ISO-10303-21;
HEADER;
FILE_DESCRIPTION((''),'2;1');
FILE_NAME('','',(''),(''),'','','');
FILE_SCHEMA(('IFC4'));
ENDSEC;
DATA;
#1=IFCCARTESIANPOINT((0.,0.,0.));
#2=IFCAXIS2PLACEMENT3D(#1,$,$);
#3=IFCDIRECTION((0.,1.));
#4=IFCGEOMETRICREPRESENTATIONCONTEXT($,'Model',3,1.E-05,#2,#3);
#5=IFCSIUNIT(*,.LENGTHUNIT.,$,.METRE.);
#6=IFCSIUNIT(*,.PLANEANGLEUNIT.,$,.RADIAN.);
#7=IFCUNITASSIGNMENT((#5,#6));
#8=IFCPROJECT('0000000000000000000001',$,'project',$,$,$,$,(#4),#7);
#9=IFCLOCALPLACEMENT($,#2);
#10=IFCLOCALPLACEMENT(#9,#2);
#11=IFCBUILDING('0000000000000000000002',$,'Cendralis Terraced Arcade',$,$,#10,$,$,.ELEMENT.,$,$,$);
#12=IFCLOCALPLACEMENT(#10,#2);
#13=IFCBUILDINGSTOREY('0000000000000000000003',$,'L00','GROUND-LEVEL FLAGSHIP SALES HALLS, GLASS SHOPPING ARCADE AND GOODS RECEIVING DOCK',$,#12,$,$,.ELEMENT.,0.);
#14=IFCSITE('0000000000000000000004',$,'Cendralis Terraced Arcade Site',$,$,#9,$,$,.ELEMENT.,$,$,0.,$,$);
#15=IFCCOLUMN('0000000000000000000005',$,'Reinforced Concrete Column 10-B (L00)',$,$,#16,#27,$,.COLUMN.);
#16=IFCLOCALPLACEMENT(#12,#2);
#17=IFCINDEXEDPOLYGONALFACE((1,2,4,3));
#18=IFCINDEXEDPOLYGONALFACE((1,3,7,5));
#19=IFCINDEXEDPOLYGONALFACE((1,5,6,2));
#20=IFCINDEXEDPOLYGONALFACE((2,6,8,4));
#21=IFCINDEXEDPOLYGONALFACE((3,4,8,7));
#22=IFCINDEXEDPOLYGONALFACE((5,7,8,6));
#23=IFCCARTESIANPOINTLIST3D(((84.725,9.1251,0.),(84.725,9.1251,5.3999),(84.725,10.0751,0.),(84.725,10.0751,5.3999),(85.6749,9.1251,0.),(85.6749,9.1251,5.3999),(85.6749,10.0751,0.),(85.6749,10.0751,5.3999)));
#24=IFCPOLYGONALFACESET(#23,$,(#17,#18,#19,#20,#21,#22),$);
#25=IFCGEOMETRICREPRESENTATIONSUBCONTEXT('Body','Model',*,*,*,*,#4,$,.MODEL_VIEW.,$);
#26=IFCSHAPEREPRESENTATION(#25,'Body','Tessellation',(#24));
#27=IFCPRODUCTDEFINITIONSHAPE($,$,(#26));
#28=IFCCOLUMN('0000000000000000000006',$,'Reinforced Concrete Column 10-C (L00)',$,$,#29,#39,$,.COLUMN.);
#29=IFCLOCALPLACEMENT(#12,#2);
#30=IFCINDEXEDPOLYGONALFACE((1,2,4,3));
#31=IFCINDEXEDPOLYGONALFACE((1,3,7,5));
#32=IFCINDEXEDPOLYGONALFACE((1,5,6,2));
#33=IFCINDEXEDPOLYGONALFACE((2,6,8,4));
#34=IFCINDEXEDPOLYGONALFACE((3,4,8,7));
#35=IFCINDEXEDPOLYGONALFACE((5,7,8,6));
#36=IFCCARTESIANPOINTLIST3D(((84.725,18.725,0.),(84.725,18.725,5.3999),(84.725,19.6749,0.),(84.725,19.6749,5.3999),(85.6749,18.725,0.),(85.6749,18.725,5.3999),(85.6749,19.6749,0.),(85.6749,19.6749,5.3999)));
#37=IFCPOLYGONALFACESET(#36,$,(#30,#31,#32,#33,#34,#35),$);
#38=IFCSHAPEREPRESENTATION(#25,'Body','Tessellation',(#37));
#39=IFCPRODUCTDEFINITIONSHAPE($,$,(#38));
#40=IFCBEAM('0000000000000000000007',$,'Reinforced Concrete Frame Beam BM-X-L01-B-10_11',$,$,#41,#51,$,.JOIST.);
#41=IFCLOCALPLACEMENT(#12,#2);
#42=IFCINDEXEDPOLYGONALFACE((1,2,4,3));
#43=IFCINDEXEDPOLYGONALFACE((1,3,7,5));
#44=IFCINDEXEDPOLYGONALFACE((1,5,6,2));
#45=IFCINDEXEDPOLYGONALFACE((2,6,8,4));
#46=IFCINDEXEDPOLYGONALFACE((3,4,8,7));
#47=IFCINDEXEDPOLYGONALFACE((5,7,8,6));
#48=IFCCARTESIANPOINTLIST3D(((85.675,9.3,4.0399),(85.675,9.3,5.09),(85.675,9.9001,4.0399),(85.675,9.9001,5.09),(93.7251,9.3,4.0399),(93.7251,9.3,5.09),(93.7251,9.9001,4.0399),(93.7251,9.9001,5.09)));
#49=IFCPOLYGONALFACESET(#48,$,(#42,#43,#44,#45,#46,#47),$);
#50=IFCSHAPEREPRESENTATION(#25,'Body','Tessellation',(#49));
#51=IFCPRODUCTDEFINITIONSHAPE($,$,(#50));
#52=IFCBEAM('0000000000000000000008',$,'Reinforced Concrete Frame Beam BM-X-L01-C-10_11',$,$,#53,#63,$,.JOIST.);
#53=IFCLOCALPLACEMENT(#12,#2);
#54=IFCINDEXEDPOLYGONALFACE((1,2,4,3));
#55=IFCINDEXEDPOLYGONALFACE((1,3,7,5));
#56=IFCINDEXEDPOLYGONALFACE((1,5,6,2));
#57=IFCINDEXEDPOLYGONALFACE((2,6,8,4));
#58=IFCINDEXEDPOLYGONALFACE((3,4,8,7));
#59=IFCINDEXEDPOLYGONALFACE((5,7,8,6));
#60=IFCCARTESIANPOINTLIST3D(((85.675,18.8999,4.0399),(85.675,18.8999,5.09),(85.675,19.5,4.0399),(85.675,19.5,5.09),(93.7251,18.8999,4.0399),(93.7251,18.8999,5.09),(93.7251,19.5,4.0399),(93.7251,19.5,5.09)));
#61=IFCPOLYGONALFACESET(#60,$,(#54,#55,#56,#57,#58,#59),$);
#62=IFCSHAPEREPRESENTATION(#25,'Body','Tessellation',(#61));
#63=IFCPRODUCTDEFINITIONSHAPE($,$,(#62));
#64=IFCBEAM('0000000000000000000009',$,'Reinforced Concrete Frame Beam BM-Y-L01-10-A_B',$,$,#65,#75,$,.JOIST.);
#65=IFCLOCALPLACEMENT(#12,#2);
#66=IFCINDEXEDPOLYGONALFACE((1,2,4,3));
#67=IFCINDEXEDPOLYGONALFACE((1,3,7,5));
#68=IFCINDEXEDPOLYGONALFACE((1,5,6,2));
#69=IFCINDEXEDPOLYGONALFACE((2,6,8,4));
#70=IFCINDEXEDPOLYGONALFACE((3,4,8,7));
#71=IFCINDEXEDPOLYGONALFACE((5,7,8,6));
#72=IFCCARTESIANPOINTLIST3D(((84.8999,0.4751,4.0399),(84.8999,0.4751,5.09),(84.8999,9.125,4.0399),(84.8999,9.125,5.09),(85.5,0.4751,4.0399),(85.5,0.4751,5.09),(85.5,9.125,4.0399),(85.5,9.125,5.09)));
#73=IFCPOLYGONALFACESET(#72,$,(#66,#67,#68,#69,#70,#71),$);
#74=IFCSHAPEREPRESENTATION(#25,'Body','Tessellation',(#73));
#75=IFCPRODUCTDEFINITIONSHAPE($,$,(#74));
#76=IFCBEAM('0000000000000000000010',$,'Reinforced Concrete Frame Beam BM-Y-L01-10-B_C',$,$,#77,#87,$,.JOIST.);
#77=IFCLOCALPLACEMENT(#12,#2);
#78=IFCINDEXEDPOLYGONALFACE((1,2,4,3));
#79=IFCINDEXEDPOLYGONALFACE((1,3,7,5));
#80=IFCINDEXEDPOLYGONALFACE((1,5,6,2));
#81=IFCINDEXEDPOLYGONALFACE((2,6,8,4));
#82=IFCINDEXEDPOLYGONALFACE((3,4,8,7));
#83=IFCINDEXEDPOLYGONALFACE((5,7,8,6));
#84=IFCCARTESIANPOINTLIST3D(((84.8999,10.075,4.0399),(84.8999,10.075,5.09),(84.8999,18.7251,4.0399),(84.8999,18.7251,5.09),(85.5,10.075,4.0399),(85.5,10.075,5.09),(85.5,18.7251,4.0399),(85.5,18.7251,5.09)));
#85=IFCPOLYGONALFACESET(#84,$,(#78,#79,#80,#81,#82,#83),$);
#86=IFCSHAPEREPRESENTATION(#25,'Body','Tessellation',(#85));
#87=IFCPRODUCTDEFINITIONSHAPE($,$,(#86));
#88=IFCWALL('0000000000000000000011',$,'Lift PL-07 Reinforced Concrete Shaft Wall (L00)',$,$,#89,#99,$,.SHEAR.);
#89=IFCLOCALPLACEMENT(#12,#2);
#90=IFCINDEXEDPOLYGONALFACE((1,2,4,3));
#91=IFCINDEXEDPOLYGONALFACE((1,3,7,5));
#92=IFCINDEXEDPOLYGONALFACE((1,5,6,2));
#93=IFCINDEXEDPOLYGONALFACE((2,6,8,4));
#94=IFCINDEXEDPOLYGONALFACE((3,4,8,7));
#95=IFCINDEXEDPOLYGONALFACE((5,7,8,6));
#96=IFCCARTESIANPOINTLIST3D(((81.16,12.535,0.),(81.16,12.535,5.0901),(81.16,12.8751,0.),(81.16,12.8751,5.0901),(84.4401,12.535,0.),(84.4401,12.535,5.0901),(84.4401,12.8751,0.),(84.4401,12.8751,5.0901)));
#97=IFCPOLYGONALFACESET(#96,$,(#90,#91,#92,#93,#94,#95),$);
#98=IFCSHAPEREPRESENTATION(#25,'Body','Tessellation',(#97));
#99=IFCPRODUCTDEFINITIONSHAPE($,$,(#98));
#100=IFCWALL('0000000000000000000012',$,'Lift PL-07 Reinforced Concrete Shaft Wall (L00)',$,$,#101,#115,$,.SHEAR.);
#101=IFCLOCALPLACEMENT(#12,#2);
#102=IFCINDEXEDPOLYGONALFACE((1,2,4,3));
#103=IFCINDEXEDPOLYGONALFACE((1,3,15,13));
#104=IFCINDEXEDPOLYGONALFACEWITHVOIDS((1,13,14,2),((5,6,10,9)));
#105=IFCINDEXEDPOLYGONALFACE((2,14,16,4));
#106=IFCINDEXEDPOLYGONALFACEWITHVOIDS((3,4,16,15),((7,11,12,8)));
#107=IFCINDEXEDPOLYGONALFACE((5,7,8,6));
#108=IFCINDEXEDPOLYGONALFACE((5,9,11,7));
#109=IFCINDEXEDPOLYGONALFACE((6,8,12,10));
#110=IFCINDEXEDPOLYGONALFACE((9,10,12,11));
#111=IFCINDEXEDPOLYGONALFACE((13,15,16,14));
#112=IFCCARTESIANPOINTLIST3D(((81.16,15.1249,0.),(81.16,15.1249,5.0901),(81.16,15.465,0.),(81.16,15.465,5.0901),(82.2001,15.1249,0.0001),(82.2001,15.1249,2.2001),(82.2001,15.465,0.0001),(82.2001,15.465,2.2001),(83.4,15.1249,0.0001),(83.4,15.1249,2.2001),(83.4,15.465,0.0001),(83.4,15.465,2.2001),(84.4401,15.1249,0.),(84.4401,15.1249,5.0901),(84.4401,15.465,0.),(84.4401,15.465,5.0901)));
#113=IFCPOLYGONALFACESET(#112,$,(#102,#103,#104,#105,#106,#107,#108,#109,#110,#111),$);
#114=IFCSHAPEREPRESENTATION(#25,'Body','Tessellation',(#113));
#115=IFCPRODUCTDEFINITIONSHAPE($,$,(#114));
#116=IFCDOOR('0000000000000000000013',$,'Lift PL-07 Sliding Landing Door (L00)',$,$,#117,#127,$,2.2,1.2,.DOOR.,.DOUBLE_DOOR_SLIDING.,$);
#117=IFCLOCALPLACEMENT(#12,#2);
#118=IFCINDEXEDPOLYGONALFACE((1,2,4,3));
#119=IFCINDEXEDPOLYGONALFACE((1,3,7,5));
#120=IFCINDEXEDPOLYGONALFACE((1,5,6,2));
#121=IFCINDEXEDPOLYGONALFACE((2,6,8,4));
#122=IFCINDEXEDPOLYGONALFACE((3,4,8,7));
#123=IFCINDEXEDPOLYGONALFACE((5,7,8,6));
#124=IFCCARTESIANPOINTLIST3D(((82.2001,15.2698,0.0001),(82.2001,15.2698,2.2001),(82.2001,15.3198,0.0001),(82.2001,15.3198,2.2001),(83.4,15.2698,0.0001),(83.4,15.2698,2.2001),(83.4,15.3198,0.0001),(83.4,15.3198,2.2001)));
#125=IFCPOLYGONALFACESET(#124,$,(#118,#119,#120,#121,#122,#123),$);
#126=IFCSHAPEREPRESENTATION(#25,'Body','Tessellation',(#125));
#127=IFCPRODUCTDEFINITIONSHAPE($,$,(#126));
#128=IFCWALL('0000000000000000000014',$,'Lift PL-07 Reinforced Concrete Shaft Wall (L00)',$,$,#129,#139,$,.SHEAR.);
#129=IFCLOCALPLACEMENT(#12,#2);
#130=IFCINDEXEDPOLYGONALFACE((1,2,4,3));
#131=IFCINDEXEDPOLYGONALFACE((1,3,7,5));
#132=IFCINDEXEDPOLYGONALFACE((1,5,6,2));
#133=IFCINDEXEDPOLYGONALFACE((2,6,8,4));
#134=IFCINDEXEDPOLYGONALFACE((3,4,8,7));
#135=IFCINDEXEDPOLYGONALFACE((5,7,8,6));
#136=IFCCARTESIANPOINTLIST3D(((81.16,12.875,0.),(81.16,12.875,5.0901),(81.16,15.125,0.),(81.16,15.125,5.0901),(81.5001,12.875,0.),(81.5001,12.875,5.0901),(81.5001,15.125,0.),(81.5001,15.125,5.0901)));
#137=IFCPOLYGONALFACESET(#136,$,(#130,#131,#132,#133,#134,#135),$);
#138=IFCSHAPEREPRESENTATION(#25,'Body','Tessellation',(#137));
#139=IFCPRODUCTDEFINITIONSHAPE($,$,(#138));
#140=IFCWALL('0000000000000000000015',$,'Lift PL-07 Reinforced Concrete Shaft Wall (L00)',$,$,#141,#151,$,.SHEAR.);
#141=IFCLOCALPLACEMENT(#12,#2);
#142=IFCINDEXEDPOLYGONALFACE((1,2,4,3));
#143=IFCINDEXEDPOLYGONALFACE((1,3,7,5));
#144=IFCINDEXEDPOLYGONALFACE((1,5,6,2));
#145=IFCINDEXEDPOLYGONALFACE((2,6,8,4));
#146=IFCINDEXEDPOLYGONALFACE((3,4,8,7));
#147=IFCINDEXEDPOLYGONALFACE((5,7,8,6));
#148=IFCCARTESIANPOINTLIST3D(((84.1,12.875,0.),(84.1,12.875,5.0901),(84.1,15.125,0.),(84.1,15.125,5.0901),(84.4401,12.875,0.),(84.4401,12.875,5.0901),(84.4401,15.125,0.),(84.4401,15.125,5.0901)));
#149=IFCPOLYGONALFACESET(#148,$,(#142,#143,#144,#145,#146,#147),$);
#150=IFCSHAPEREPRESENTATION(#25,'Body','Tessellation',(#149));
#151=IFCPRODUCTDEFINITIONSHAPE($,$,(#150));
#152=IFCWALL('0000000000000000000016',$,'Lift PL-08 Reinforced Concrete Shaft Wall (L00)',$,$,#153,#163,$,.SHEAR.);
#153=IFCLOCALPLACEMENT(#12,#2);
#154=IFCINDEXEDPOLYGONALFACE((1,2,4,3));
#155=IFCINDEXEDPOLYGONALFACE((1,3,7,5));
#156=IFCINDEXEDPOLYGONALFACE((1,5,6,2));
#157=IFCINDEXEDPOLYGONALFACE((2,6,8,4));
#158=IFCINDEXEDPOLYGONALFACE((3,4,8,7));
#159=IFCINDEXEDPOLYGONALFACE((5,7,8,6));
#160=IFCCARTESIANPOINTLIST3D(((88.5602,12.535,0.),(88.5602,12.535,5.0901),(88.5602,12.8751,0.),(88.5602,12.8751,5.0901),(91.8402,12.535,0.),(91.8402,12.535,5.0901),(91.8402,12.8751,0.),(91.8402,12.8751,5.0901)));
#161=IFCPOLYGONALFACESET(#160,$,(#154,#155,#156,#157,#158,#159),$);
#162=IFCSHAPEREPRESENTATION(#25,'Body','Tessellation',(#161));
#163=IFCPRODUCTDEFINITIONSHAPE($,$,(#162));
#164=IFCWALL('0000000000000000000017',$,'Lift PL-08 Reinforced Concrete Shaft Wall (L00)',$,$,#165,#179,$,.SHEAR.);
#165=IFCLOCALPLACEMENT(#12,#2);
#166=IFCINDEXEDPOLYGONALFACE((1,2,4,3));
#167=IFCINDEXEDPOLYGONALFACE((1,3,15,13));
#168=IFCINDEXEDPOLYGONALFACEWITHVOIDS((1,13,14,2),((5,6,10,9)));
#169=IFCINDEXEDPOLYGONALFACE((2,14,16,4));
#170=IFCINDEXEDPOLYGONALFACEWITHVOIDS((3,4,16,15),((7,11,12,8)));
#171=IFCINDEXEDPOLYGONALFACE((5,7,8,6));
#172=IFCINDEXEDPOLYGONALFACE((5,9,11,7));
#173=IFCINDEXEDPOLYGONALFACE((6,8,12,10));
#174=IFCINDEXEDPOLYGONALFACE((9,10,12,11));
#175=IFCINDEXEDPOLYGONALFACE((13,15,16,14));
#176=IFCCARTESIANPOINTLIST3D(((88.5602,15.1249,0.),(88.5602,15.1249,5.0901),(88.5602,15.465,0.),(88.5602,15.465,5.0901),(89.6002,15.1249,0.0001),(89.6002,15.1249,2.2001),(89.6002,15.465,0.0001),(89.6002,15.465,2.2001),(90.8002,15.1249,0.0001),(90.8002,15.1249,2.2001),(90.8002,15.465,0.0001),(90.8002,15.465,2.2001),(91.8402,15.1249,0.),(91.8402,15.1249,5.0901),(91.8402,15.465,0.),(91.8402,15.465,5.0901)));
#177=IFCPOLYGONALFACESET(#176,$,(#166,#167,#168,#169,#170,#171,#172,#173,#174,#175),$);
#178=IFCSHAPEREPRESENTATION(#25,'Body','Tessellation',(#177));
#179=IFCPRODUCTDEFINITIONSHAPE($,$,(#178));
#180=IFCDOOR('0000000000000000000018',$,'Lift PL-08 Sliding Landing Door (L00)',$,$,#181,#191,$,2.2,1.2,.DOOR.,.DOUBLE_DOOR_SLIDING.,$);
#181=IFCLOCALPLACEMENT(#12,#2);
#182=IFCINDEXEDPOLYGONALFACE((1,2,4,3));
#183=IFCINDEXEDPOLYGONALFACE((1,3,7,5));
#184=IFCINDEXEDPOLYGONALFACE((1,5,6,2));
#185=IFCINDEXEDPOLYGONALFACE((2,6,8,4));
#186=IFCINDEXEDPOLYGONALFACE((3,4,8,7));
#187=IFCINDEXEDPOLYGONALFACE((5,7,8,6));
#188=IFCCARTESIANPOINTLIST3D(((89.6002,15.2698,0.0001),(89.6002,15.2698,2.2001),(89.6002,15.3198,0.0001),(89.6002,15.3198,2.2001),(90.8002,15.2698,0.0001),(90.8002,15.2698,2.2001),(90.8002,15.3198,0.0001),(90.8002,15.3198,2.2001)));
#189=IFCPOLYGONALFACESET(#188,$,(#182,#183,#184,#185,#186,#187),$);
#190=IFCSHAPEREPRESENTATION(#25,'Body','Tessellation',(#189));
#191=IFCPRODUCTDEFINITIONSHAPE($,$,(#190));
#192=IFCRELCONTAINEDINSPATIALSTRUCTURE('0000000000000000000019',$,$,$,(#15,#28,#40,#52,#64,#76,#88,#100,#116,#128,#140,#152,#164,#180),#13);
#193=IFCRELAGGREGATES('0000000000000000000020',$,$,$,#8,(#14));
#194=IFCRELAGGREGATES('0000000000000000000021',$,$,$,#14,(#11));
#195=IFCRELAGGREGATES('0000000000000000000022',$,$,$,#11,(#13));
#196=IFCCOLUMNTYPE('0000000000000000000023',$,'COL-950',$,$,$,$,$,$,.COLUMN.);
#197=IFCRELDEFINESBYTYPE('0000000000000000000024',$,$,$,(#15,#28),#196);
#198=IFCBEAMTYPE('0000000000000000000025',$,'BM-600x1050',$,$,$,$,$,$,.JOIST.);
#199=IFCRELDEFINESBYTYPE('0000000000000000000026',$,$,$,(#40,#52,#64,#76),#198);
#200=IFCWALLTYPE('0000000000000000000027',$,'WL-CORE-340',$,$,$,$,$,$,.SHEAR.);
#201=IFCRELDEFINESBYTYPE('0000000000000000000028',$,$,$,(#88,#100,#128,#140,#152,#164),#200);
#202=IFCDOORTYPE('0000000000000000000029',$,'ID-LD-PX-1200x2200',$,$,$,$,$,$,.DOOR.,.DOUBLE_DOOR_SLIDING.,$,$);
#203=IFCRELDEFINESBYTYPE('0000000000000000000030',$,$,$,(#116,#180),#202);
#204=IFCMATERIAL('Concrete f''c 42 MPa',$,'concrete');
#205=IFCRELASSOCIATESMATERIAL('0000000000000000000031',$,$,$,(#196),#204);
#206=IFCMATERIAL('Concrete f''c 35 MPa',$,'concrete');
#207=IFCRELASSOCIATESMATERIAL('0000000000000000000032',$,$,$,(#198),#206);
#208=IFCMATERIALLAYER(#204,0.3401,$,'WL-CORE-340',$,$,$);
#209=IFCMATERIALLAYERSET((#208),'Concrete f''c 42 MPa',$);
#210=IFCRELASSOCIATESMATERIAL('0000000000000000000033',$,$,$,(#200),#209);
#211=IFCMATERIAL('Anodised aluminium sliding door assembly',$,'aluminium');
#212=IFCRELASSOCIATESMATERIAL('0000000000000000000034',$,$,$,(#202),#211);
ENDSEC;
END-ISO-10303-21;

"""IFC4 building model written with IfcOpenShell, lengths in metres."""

from ifc_helpers import new_model, si_unit, direction, frame, frame_2d, origin, origin_2d, place, context, subcontext, project, spatial, rectangle, extrude, material, layer, layer_set, material_profile, profile_set, type_object, element, fill, save


model = new_model("IFC4")

# Units and contexts
model_context = context("Model", 3, precision=1e-05, world=origin(), true_north=direction((0.0, 1.0)))
body_context = subcontext(model_context, "Body", "Model", "MODEL_VIEW")
ifc_project = project(units=[si_unit("LENGTHUNIT", "METRE"), si_unit("PLANEANGLEUNIT", "RADIAN")], contexts=[model_context])

# Site, building, storey
site_placement = place(None, origin())
site = spatial("IfcSite", under=ifc_project, at=site_placement, Name="Cendralis Terraced Arcade Site", CompositionType="ELEMENT", RefElevation=0.0)
building_placement = place(site_placement, origin())
building = spatial("IfcBuilding", under=site, at=building_placement, Name="Cendralis Terraced Arcade", CompositionType="ELEMENT")
storey_placement = place(building_placement, origin())
storey = spatial("IfcBuildingStorey", under=building, at=storey_placement, Name="L00", Description="GROUND-LEVEL FLAGSHIP SALES HALLS, GLASS SHOPPING ARCADE AND GOODS RECEIVING DOCK", CompositionType="ELEMENT", Elevation=0.0)

# Shared definitions
ifc_material_1 = material(Name="Concrete f'c 35 MPa", Category="concrete")

# Columns
ifc_material_2 = material(Name="Concrete f'c 42 MPa", Category="concrete")
ifc_material_profile_1 = material_profile(ifc_material_2, rectangle(XDim=0.95, YDim=0.95, at=origin_2d()), Name="RC-COL-950x950", Category="LoadBearing")
ifc_profile_set_1 = profile_set([ifc_material_profile_1], Name="Concrete f'c 42 MPa")
column_type = type_object("IfcColumnType", Name="COL-950", PredefinedType="COLUMN", material=ifc_profile_set_1)
for number, where, z_axis, x_axis, name in (
    (1, (85.2, 9.6001, 0.0), (0.0, 0.0, 1.0), (1.0, 0.0, 0.0), "Reinforced Concrete Column 10-B (L00)"),
    (2, (85.2, 19.2, 0.0), (0.0, 0.0, 1.0), (1.0, 0.0, 0.0), "Reinforced Concrete Column 10-C (L00)"),
):
    element("IfcColumn", number, at=place(storey_placement, frame(where, z_axis=z_axis, x_axis=x_axis)), inside=storey, type_object=column_type, Name=name, PredefinedType="COLUMN", context=body_context, shape_type="SweptSolid", body=[
        extrude(rectangle(XDim=0.95, YDim=0.95, at=origin_2d()), origin(), (0.0, 0.0, 1.0), 5.3999),
    ])

# Beams
ifc_material_profile_2 = material_profile(ifc_material_1, rectangle(XDim=0.6001, YDim=1.05, at=origin_2d()), Name="RC-BM-600x1050", Category="LoadBearing")
ifc_profile_set_2 = profile_set([ifc_material_profile_2], Name="Concrete f'c 35 MPa")
beam_type = type_object("IfcBeamType", Name="BM-600x1050", PredefinedType="JOIST", material=ifc_profile_set_2)
for number, where, z_axis, x_axis, name in (
    (3, (85.675, 9.6001, 4.5649), (1.0, 0.0, 0.0), (0.0, 1.0, 0.0), "Reinforced Concrete Frame Beam BM-X-L01-B-10_11"),
    (4, (85.675, 19.2, 4.5649), (1.0, 0.0, 0.0), (0.0, 1.0, 0.0), "Reinforced Concrete Frame Beam BM-X-L01-C-10_11"),
):
    element("IfcBeam", number, at=place(storey_placement, frame(where, z_axis=z_axis, x_axis=x_axis)), inside=storey, type_object=beam_type, Name=name, PredefinedType="JOIST", context=body_context, shape_type="SweptSolid", body=[
        extrude(rectangle(XDim=0.6001, YDim=1.05, at=origin_2d()), origin(), (0.0, 0.0, 1.0), 8.05),
    ])
beam_1_placement = place(storey_placement, frame((85.2, 0.4751, 4.5649), z_axis=(0.0, 1.0, 0.0), x_axis=(-1.0, 0.0, 0.0)))
element("IfcBeam", 5, at=beam_1_placement, inside=storey, type_object=beam_type, Name="Reinforced Concrete Frame Beam BM-Y-L01-10-A_B", PredefinedType="JOIST", context=body_context, shape_type="SweptSolid", body=[
    extrude(rectangle(XDim=0.6001, YDim=1.05, at=origin_2d()), origin(), (0.0, 0.0, 1.0), 8.6499),
])
beam_2_placement = place(storey_placement, frame((85.2, 10.075, 4.5649), z_axis=(0.0, 1.0, 0.0), x_axis=(-1.0, 0.0, 0.0)))
element("IfcBeam", 6, at=beam_2_placement, inside=storey, type_object=beam_type, Name="Reinforced Concrete Frame Beam BM-Y-L01-10-B_C", PredefinedType="JOIST", context=body_context, shape_type="SweptSolid", body=[
    extrude(rectangle(XDim=0.6001, YDim=1.05, at=origin_2d()), origin(), (0.0, 0.0, 1.0), 8.6501),
])

# Wall
ifc_layer_1 = layer(ifc_material_2, 0.3401, Name="WL-CORE-340")
ifc_layer_set_1 = layer_set([ifc_layer_1], Name="Concrete f'c 42 MPa")
wall_type_1 = type_object("IfcWallType", Name="WL-CORE-340", PredefinedType="SHEAR", material=ifc_layer_set_1)
wall_1_placement = place(storey_placement, frame((81.1599, 12.7051, 0.0), z_axis=(0.0, 0.0, 1.0), x_axis=(1.0, 0.0, 0.0)))
element("IfcWall", 7, at=wall_1_placement, inside=storey, type_object=wall_type_1, Name="Lift PL-07 Reinforced Concrete Shaft Wall (L00)", PredefinedType="SHEAR", context=body_context, shape_type="SweptSolid", body=[
    extrude(rectangle(XDim=3.28, YDim=0.3401, at=frame_2d((1.6401, 0.0))), origin(), (0.0, 0.0, 1.0), 5.0901),
])

# Wall, opening, door
wall_2_placement = place(storey_placement, frame((81.1599, 15.2949, 0.0), z_axis=(0.0, 0.0, 1.0), x_axis=(1.0, 0.0, 0.0)))
wall_2 = element("IfcWall", 8, at=wall_2_placement, inside=storey, type_object=wall_type_1, Name="Lift PL-07 Reinforced Concrete Shaft Wall (L00)", PredefinedType="SHEAR", context=body_context, shape_type="SweptSolid", body=[
    extrude(rectangle(XDim=3.28, YDim=0.3401, at=frame_2d((1.6401, 0.0))), origin(), (0.0, 0.0, 1.0), 5.0901),
])
opening_1_placement = place(wall_2_placement, frame((1.04, 0.0, 0.0)))
opening_1 = element("IfcOpeningElement", 9, at=opening_1_placement, cuts=wall_2, PredefinedType="OPENING", context=body_context, shape_type="SweptSolid", body=[
    extrude(rectangle(XDim=1.2, YDim=2.2, at=frame_2d((0.6001, 1.1001))), frame((0.0, 0.1821, 0.0), z_axis=(0.0, -1.0, 0.0), x_axis=(1.0, 0.0, 0.0)), (0.0, 0.0, 1.0), 0.364),
])
ifc_material_3 = material(Name="Anodised aluminium sliding door assembly", Category="aluminium")
door_type = type_object("IfcDoorType", Name="ID-LD-PX-1200x2200", OperationType="DOUBLE_DOOR_SLIDING", PredefinedType="DOOR", material=ifc_material_3)
door_1_placement = place(opening_1_placement, origin())
door_1 = element("IfcDoor", 10, at=door_1_placement, inside=storey, type_object=door_type, Name="Lift PL-07 Sliding Landing Door (L00)", OperationType="DOUBLE_DOOR_SLIDING", OverallHeight=2.2, OverallWidth=1.2, PredefinedType="DOOR", context=body_context, shape_type="SweptSolid", body=[
    extrude(rectangle(XDim=1.2, YDim=2.2, at=frame_2d((0.6001, 1.1001))), frame((0.0, 0.0249, 0.0), z_axis=(0.0, -1.0, 0.0), x_axis=(1.0, 0.0, 0.0)), (0.0, 0.0, 1.0), 0.05),
])
fill(opening_1, door_1)

# Walls
for number, where, z_axis, x_axis, name in (
    (11, (81.3301, 12.875, 0.0), (0.0, 0.0, 1.0), (0.0, 1.0, 0.0), "Lift PL-07 Reinforced Concrete Shaft Wall (L00)"),
    (12, (84.27, 12.875, 0.0), (0.0, 0.0, 1.0), (0.0, 1.0, 0.0), "Lift PL-07 Reinforced Concrete Shaft Wall (L00)"),
):
    element("IfcWall", number, at=place(storey_placement, frame(where, z_axis=z_axis, x_axis=x_axis)), inside=storey, type_object=wall_type_1, Name=name, PredefinedType="SHEAR", context=body_context, shape_type="SweptSolid", body=[
        extrude(rectangle(XDim=2.25, YDim=0.3401, at=frame_2d((1.125, 0.0))), origin(), (0.0, 0.0, 1.0), 5.0901),
    ])
wall_3_placement = place(storey_placement, frame((88.5601, 12.7051, 0.0), z_axis=(0.0, 0.0, 1.0), x_axis=(1.0, 0.0, 0.0)))
element("IfcWall", 13, at=wall_3_placement, inside=storey, type_object=wall_type_1, Name="Lift PL-08 Reinforced Concrete Shaft Wall (L00)", PredefinedType="SHEAR", context=body_context, shape_type="SweptSolid", body=[
    extrude(rectangle(XDim=3.28, YDim=0.3401, at=frame_2d((1.6401, 0.0))), origin(), (0.0, 0.0, 1.0), 5.0901),
])

# Wall, opening, door
wall_4_placement = place(storey_placement, frame((88.5601, 15.2949, 0.0), z_axis=(0.0, 0.0, 1.0), x_axis=(1.0, 0.0, 0.0)))
wall_4 = element("IfcWall", 14, at=wall_4_placement, inside=storey, type_object=wall_type_1, Name="Lift PL-08 Reinforced Concrete Shaft Wall (L00)", PredefinedType="SHEAR", context=body_context, shape_type="SweptSolid", body=[
    extrude(rectangle(XDim=3.28, YDim=0.3401, at=frame_2d((1.6401, 0.0))), origin(), (0.0, 0.0, 1.0), 5.0901),
])
opening_2_placement = place(wall_4_placement, frame((1.04, 0.0, 0.0)))
opening_2 = element("IfcOpeningElement", 15, at=opening_2_placement, cuts=wall_4, PredefinedType="OPENING", context=body_context, shape_type="SweptSolid", body=[
    extrude(rectangle(XDim=1.2, YDim=2.2, at=frame_2d((0.6001, 1.1001))), frame((0.0, 0.1821, 0.0), z_axis=(0.0, -1.0, 0.0), x_axis=(1.0, 0.0, 0.0)), (0.0, 0.0, 1.0), 0.364),
])
door_2_placement = place(opening_2_placement, origin())
door_2 = element("IfcDoor", 16, at=door_2_placement, inside=storey, type_object=door_type, Name="Lift PL-08 Sliding Landing Door (L00)", OperationType="DOUBLE_DOOR_SLIDING", OverallHeight=2.2, OverallWidth=1.2, PredefinedType="DOOR", context=body_context, shape_type="SweptSolid", body=[
    extrude(rectangle(XDim=1.2, YDim=2.2, at=frame_2d((0.6001, 1.1001))), frame((0.0, 0.0249, 0.0), z_axis=(0.0, -1.0, 0.0), x_axis=(1.0, 0.0, 0.0)), (0.0, 0.0, 1.0), 0.05),
])
fill(opening_2, door_2)

save(model, "model.ifc")
